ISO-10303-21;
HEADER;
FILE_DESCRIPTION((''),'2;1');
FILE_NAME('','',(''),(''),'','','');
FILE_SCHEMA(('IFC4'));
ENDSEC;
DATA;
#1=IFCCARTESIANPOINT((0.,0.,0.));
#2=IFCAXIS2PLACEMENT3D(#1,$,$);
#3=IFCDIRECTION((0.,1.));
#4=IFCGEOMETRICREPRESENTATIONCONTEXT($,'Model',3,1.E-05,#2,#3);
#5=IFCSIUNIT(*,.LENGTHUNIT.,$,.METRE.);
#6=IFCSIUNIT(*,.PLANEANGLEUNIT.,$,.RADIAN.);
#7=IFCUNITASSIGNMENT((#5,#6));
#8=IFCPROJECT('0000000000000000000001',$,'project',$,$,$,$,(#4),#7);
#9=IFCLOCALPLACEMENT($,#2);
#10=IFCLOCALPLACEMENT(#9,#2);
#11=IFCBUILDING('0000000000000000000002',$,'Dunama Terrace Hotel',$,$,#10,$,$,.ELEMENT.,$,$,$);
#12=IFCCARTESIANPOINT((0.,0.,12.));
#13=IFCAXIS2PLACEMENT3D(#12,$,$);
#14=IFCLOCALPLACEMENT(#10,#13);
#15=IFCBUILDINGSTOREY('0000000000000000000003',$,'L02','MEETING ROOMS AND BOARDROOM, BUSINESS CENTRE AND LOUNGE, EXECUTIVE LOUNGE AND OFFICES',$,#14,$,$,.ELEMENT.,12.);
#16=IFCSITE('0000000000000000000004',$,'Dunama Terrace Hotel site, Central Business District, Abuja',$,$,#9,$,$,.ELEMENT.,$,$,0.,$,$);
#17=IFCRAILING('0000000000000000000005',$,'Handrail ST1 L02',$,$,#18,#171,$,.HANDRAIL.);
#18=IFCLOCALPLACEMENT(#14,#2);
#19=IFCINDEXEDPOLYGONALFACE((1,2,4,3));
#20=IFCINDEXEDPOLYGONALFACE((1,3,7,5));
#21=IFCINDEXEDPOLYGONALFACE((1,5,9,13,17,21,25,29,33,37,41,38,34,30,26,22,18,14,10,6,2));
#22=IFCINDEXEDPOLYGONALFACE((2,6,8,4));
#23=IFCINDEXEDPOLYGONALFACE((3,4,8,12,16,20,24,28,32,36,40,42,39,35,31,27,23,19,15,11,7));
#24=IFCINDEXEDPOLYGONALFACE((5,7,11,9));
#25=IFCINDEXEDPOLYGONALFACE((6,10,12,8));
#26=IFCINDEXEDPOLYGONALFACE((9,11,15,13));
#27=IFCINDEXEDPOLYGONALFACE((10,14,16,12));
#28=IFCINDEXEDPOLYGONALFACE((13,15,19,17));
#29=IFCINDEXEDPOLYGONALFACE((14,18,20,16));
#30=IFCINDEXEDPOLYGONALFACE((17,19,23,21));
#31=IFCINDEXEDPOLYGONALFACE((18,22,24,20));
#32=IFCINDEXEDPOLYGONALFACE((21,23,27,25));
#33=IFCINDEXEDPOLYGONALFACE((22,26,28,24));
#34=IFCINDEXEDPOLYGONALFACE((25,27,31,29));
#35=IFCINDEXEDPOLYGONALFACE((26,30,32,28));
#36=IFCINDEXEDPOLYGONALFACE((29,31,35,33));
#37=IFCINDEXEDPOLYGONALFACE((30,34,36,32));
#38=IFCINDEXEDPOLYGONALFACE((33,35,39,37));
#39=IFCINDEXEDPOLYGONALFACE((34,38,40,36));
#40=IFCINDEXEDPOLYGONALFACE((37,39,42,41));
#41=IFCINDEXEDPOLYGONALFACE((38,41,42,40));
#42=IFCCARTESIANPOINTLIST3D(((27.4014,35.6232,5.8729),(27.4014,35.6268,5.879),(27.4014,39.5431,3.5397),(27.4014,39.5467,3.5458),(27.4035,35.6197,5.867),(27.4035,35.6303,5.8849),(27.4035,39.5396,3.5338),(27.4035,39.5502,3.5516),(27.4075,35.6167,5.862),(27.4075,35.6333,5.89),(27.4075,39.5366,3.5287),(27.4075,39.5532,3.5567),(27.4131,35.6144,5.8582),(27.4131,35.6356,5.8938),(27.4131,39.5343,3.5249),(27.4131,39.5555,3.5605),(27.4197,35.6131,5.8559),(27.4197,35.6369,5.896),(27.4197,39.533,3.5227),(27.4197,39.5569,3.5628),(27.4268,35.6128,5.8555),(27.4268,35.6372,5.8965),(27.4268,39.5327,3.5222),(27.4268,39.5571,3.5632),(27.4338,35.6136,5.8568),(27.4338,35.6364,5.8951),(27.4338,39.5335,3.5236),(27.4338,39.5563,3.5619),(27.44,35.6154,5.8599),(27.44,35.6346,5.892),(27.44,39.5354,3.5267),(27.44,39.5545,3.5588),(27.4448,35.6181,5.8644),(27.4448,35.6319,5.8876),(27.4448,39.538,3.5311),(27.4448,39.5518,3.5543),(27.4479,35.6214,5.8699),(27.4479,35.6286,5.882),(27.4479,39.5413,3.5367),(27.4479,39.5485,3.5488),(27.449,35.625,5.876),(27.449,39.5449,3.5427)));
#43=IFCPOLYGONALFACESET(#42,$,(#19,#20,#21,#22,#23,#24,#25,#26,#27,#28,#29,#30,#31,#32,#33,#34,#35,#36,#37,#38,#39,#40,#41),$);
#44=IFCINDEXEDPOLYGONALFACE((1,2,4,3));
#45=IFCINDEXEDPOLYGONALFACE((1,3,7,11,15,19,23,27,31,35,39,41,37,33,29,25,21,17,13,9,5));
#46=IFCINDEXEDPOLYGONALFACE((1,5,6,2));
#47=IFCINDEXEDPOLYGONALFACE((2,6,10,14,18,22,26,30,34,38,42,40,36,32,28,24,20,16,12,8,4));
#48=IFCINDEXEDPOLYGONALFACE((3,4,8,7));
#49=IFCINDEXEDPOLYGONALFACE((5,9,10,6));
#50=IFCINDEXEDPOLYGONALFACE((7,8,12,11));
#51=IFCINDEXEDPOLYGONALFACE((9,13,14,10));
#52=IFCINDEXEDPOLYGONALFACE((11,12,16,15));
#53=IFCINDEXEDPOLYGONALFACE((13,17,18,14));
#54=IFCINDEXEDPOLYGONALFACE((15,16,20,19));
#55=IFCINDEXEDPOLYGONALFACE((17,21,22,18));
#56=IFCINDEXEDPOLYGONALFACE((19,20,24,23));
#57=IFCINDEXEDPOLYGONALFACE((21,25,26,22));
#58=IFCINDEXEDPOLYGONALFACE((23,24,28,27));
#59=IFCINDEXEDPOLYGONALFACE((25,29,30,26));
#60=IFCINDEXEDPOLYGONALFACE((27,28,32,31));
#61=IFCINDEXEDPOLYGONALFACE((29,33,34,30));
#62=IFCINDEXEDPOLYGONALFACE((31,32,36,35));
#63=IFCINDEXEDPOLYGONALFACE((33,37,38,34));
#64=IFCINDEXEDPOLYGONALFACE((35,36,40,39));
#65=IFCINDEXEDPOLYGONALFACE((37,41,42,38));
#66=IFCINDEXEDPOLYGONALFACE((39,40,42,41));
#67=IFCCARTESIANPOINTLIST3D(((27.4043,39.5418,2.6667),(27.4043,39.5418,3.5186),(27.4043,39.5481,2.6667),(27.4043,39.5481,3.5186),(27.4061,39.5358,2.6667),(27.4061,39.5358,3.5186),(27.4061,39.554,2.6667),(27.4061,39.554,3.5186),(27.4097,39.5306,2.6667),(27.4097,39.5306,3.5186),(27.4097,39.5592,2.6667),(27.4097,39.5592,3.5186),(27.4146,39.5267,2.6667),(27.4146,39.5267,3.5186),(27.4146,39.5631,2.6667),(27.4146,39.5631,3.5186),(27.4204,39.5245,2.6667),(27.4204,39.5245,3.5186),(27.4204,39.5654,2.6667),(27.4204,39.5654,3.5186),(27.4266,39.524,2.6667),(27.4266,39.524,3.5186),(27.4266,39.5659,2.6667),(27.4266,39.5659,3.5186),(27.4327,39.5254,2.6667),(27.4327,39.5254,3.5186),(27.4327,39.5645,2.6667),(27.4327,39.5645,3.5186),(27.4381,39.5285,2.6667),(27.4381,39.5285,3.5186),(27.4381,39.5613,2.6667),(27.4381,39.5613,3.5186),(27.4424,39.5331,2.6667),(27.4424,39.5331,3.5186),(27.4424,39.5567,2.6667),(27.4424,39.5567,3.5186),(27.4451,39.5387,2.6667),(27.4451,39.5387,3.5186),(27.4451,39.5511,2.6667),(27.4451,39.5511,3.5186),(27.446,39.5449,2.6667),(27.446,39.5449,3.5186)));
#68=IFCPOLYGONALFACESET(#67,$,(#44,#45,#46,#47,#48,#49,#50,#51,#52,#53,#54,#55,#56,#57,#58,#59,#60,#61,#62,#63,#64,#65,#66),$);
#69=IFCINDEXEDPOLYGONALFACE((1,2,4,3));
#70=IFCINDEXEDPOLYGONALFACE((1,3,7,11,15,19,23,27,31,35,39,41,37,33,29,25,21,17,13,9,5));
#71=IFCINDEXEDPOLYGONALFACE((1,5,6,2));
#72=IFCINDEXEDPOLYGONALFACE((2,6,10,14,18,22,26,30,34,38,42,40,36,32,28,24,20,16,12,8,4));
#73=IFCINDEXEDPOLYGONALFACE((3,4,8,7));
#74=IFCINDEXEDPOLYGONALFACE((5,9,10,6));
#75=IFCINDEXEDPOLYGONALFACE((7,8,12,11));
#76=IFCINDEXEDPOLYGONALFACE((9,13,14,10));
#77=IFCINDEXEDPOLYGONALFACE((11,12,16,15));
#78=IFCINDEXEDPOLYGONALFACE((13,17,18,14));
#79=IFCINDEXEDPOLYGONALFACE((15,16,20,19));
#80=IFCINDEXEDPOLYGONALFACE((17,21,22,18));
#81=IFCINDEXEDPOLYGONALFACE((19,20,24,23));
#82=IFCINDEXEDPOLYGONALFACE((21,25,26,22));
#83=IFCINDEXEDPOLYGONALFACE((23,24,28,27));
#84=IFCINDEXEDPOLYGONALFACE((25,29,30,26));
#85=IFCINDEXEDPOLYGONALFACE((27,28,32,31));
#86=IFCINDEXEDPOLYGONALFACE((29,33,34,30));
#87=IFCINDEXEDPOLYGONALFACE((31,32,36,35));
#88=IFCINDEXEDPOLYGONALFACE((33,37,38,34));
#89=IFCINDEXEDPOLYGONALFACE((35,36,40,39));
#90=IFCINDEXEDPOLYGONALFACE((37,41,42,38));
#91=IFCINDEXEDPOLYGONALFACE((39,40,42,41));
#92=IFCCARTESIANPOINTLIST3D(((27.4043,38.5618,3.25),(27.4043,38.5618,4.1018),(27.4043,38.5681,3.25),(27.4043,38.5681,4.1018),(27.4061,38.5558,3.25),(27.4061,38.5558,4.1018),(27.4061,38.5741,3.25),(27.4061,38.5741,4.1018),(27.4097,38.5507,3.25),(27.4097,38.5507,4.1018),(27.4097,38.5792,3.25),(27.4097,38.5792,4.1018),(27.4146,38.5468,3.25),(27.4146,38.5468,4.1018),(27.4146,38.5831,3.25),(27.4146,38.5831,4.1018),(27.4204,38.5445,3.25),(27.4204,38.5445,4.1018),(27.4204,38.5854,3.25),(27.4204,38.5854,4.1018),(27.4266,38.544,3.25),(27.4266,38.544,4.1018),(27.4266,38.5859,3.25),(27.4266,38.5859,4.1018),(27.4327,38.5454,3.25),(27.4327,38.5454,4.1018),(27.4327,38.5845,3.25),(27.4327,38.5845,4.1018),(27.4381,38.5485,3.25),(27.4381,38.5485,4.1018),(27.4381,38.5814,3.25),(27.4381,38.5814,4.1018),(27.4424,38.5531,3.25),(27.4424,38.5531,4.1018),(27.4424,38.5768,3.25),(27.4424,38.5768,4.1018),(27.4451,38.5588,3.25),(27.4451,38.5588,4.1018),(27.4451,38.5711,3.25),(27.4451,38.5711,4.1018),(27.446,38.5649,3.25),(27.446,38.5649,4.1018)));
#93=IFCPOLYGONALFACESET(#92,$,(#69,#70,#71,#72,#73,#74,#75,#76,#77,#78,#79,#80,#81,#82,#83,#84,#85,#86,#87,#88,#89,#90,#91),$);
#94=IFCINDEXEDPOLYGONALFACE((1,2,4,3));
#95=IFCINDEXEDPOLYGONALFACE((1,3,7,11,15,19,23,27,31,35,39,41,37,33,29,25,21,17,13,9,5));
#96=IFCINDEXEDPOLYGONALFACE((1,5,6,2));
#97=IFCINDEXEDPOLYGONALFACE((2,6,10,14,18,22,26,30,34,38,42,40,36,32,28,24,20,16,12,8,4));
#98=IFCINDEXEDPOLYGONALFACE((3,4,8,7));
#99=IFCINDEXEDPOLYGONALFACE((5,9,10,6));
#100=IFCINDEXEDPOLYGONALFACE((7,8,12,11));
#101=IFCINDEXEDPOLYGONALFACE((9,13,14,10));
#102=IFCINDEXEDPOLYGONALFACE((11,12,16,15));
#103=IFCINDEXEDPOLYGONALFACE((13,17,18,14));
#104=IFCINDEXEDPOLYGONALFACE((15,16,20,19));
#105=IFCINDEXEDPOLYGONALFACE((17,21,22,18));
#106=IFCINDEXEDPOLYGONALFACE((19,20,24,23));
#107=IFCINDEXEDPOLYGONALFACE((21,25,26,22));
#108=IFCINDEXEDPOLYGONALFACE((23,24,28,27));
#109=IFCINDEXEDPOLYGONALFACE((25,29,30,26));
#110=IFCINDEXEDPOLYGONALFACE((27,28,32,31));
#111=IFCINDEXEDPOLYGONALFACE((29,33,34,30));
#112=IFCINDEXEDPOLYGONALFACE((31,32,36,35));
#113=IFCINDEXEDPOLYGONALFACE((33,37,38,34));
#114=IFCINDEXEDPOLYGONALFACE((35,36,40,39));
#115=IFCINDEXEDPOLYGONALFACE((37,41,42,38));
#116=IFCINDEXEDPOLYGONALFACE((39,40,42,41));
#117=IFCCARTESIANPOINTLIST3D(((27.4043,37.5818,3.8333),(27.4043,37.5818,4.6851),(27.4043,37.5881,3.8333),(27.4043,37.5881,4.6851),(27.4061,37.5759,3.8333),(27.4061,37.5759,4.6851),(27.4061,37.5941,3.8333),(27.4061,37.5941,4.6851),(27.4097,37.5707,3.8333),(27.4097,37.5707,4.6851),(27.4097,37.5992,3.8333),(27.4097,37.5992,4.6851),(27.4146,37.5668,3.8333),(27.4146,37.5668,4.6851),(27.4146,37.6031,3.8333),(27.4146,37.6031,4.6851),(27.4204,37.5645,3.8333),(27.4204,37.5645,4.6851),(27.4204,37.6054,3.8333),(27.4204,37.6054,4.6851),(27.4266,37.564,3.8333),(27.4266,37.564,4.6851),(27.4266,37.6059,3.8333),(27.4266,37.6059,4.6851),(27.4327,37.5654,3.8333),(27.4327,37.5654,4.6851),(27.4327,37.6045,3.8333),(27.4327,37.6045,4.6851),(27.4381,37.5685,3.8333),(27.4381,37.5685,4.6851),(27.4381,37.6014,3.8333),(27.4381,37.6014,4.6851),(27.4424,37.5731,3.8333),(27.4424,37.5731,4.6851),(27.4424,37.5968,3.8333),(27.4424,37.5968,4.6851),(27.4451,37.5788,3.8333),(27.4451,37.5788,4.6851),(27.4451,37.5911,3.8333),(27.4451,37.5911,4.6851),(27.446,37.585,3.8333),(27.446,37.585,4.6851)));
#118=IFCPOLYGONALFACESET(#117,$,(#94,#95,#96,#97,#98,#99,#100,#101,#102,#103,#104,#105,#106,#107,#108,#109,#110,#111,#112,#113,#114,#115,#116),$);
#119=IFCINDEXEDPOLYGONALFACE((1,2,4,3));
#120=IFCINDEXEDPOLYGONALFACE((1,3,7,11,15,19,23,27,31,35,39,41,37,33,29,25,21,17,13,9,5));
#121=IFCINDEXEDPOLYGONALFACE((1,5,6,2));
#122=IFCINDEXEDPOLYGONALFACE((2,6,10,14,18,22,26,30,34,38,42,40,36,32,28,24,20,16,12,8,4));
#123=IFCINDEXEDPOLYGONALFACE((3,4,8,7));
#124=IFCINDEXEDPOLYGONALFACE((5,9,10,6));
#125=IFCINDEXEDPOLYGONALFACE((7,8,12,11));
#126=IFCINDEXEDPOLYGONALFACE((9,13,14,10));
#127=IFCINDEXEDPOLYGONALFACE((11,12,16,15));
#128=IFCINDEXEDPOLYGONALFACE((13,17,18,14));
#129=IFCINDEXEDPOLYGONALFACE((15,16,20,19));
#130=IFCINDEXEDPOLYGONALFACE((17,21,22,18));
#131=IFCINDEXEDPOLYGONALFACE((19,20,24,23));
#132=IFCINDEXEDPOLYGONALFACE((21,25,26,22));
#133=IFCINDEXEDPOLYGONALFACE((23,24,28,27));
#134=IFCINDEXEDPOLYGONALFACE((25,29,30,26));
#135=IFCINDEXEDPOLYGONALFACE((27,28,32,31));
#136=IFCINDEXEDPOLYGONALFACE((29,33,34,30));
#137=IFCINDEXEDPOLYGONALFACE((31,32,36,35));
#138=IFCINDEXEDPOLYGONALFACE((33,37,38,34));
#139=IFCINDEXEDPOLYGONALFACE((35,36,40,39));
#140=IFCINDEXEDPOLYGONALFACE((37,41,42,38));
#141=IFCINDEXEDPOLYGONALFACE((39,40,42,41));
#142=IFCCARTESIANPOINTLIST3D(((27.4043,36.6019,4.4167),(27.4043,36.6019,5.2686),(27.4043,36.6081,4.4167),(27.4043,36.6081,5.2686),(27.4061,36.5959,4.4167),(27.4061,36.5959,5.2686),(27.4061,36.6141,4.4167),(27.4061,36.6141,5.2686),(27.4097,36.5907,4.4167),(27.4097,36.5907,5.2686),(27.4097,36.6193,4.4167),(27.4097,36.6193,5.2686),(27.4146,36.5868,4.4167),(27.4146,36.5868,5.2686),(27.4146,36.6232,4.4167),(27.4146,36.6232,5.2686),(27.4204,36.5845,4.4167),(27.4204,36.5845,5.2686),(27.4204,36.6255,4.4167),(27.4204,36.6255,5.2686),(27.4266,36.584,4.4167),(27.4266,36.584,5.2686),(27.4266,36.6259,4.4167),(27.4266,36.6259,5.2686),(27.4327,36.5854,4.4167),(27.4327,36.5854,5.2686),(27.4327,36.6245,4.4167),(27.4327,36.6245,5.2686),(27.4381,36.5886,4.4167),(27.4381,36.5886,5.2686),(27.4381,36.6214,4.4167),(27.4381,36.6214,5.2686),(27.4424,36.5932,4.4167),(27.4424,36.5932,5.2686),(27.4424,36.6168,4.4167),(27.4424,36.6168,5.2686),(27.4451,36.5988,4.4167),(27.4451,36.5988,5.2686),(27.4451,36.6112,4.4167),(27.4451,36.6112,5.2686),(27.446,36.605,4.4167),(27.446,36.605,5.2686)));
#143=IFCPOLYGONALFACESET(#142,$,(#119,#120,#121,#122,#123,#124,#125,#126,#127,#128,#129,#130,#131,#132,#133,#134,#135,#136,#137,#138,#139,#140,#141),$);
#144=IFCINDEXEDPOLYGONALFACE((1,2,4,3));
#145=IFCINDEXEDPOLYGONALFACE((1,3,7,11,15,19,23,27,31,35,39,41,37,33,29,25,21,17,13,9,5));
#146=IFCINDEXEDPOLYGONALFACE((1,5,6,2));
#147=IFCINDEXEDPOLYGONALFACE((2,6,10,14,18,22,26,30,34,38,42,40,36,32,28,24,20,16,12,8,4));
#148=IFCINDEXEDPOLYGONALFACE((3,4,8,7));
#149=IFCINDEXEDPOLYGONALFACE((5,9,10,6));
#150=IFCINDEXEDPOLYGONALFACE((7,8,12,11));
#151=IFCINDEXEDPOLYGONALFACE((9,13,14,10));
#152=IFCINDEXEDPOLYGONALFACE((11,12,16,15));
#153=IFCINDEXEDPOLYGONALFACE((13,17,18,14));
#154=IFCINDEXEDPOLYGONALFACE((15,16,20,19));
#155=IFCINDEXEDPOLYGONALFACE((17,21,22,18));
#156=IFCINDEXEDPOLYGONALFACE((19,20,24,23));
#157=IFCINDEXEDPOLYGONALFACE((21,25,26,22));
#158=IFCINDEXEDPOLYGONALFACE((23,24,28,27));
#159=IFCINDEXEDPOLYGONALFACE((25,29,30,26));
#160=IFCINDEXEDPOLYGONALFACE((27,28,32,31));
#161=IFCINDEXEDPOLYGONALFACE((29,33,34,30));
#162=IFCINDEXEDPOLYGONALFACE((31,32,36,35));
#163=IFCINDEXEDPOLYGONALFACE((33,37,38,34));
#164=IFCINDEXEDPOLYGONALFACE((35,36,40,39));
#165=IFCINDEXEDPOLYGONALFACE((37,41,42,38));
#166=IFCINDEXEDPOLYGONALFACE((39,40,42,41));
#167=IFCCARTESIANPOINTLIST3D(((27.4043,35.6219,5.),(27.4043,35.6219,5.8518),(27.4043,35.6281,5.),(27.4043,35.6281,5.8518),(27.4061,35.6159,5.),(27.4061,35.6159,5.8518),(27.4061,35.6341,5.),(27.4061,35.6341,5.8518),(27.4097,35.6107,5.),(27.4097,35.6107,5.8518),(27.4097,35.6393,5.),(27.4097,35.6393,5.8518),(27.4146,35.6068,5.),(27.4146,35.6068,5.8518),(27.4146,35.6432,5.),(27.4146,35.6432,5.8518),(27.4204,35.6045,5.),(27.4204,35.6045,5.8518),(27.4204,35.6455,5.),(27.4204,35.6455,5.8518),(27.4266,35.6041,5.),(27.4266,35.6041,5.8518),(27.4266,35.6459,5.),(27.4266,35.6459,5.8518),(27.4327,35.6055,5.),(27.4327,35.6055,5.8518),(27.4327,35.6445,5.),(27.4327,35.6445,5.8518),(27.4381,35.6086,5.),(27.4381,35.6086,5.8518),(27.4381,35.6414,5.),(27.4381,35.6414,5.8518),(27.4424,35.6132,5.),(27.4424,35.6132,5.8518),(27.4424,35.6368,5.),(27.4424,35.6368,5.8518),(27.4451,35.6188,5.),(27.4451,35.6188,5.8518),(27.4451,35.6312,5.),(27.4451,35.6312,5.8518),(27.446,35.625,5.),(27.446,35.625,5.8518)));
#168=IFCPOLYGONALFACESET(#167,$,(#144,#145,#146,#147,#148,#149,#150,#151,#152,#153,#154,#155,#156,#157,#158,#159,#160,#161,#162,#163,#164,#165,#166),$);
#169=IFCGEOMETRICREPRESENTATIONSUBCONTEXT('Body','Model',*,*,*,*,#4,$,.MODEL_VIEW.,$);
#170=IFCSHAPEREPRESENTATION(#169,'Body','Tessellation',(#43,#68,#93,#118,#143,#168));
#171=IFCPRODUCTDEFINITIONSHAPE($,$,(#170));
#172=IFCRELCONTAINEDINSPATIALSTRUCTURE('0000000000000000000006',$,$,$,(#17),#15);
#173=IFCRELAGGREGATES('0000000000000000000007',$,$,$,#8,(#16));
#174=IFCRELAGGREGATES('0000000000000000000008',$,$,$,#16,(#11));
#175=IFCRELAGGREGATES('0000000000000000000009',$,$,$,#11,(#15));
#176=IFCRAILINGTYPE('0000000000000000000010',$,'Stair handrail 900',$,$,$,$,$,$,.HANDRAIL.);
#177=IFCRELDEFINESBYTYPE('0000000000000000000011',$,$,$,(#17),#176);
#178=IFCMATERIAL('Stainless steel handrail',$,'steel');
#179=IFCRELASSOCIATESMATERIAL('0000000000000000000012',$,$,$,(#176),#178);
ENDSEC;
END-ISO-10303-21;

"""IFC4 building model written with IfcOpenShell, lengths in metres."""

from ifc_helpers import new_model, si_unit, direction, frame, origin, origin_2d, place, context, subcontext, project, spatial, circle, extrude, material, type_object, element, save


model = new_model("IFC4")

# Units and contexts
model_context = context("Model", 3, precision=1e-05, world=origin(), true_north=direction((0.0, 1.0)))
body_context = subcontext(model_context, "Body", "Model", "MODEL_VIEW")
ifc_project = project(units=[si_unit("LENGTHUNIT", "METRE"), si_unit("PLANEANGLEUNIT", "RADIAN")], contexts=[model_context])

# Site, building, storey
site_placement = place(None, origin())
site = spatial("IfcSite", under=ifc_project, at=site_placement, Name="Dunama Terrace Hotel site, Central Business District, Abuja", CompositionType="ELEMENT", RefElevation=0.0)
building_placement = place(site_placement, origin())
building = spatial("IfcBuilding", under=site, at=building_placement, Name="Dunama Terrace Hotel", CompositionType="ELEMENT")
storey_placement = place(building_placement, frame((0.0, 0.0, 12.0)))
storey = spatial("IfcBuildingStorey", under=building, at=storey_placement, Name="L02", Description="MEETING ROOMS AND BOARDROOM, BUSINESS CENTRE AND LOUNGE, EXECUTIVE LOUNGE AND OFFICES", CompositionType="ELEMENT", Elevation=12.0)

# Railing
ifc_material_1 = material(Name="Stainless steel handrail", Category="steel")
railing_type = type_object("IfcRailingType", Name="Stair handrail 900", PredefinedType="HANDRAIL", material=ifc_material_1)
railing_1_placement = place(storey_placement, frame((27.425, 39.5449, 2.6667)))
element("IfcRailing", 1, at=railing_1_placement, inside=storey, type_object=railing_type, Name="Handrail ST1 L02", PredefinedType="HANDRAIL", context=body_context, shape_type="SweptSolid", body=[
    extrude(circle(Radius=0.0239, at=origin_2d()), frame((0.0, 0.0, 0.876), z_axis=(0.0, -0.859296, 0.511478), x_axis=(1.0, 0.0, 0.0)), (0.0, 0.0, 1.0), 4.5618),
    extrude(circle(Radius=0.021, at=origin_2d()), origin(), (0.0, 0.0, 1.0), 0.8518),
    extrude(circle(Radius=0.021, at=origin_2d()), frame((0.0, -0.98, 0.5833)), (0.0, 0.0, 1.0), 0.8518),
    extrude(circle(Radius=0.021, at=origin_2d()), frame((0.0, -1.96, 1.1665)), (0.0, 0.0, 1.0), 0.8518),
    extrude(circle(Radius=0.021, at=origin_2d()), frame((0.0, -2.9399, 1.75)), (0.0, 0.0, 1.0), 0.8518),
    extrude(circle(Radius=0.021, at=origin_2d()), frame((0.0, -3.9199, 2.3333)), (0.0, 0.0, 1.0), 0.8518),
])

save(model, "model.ifc")
